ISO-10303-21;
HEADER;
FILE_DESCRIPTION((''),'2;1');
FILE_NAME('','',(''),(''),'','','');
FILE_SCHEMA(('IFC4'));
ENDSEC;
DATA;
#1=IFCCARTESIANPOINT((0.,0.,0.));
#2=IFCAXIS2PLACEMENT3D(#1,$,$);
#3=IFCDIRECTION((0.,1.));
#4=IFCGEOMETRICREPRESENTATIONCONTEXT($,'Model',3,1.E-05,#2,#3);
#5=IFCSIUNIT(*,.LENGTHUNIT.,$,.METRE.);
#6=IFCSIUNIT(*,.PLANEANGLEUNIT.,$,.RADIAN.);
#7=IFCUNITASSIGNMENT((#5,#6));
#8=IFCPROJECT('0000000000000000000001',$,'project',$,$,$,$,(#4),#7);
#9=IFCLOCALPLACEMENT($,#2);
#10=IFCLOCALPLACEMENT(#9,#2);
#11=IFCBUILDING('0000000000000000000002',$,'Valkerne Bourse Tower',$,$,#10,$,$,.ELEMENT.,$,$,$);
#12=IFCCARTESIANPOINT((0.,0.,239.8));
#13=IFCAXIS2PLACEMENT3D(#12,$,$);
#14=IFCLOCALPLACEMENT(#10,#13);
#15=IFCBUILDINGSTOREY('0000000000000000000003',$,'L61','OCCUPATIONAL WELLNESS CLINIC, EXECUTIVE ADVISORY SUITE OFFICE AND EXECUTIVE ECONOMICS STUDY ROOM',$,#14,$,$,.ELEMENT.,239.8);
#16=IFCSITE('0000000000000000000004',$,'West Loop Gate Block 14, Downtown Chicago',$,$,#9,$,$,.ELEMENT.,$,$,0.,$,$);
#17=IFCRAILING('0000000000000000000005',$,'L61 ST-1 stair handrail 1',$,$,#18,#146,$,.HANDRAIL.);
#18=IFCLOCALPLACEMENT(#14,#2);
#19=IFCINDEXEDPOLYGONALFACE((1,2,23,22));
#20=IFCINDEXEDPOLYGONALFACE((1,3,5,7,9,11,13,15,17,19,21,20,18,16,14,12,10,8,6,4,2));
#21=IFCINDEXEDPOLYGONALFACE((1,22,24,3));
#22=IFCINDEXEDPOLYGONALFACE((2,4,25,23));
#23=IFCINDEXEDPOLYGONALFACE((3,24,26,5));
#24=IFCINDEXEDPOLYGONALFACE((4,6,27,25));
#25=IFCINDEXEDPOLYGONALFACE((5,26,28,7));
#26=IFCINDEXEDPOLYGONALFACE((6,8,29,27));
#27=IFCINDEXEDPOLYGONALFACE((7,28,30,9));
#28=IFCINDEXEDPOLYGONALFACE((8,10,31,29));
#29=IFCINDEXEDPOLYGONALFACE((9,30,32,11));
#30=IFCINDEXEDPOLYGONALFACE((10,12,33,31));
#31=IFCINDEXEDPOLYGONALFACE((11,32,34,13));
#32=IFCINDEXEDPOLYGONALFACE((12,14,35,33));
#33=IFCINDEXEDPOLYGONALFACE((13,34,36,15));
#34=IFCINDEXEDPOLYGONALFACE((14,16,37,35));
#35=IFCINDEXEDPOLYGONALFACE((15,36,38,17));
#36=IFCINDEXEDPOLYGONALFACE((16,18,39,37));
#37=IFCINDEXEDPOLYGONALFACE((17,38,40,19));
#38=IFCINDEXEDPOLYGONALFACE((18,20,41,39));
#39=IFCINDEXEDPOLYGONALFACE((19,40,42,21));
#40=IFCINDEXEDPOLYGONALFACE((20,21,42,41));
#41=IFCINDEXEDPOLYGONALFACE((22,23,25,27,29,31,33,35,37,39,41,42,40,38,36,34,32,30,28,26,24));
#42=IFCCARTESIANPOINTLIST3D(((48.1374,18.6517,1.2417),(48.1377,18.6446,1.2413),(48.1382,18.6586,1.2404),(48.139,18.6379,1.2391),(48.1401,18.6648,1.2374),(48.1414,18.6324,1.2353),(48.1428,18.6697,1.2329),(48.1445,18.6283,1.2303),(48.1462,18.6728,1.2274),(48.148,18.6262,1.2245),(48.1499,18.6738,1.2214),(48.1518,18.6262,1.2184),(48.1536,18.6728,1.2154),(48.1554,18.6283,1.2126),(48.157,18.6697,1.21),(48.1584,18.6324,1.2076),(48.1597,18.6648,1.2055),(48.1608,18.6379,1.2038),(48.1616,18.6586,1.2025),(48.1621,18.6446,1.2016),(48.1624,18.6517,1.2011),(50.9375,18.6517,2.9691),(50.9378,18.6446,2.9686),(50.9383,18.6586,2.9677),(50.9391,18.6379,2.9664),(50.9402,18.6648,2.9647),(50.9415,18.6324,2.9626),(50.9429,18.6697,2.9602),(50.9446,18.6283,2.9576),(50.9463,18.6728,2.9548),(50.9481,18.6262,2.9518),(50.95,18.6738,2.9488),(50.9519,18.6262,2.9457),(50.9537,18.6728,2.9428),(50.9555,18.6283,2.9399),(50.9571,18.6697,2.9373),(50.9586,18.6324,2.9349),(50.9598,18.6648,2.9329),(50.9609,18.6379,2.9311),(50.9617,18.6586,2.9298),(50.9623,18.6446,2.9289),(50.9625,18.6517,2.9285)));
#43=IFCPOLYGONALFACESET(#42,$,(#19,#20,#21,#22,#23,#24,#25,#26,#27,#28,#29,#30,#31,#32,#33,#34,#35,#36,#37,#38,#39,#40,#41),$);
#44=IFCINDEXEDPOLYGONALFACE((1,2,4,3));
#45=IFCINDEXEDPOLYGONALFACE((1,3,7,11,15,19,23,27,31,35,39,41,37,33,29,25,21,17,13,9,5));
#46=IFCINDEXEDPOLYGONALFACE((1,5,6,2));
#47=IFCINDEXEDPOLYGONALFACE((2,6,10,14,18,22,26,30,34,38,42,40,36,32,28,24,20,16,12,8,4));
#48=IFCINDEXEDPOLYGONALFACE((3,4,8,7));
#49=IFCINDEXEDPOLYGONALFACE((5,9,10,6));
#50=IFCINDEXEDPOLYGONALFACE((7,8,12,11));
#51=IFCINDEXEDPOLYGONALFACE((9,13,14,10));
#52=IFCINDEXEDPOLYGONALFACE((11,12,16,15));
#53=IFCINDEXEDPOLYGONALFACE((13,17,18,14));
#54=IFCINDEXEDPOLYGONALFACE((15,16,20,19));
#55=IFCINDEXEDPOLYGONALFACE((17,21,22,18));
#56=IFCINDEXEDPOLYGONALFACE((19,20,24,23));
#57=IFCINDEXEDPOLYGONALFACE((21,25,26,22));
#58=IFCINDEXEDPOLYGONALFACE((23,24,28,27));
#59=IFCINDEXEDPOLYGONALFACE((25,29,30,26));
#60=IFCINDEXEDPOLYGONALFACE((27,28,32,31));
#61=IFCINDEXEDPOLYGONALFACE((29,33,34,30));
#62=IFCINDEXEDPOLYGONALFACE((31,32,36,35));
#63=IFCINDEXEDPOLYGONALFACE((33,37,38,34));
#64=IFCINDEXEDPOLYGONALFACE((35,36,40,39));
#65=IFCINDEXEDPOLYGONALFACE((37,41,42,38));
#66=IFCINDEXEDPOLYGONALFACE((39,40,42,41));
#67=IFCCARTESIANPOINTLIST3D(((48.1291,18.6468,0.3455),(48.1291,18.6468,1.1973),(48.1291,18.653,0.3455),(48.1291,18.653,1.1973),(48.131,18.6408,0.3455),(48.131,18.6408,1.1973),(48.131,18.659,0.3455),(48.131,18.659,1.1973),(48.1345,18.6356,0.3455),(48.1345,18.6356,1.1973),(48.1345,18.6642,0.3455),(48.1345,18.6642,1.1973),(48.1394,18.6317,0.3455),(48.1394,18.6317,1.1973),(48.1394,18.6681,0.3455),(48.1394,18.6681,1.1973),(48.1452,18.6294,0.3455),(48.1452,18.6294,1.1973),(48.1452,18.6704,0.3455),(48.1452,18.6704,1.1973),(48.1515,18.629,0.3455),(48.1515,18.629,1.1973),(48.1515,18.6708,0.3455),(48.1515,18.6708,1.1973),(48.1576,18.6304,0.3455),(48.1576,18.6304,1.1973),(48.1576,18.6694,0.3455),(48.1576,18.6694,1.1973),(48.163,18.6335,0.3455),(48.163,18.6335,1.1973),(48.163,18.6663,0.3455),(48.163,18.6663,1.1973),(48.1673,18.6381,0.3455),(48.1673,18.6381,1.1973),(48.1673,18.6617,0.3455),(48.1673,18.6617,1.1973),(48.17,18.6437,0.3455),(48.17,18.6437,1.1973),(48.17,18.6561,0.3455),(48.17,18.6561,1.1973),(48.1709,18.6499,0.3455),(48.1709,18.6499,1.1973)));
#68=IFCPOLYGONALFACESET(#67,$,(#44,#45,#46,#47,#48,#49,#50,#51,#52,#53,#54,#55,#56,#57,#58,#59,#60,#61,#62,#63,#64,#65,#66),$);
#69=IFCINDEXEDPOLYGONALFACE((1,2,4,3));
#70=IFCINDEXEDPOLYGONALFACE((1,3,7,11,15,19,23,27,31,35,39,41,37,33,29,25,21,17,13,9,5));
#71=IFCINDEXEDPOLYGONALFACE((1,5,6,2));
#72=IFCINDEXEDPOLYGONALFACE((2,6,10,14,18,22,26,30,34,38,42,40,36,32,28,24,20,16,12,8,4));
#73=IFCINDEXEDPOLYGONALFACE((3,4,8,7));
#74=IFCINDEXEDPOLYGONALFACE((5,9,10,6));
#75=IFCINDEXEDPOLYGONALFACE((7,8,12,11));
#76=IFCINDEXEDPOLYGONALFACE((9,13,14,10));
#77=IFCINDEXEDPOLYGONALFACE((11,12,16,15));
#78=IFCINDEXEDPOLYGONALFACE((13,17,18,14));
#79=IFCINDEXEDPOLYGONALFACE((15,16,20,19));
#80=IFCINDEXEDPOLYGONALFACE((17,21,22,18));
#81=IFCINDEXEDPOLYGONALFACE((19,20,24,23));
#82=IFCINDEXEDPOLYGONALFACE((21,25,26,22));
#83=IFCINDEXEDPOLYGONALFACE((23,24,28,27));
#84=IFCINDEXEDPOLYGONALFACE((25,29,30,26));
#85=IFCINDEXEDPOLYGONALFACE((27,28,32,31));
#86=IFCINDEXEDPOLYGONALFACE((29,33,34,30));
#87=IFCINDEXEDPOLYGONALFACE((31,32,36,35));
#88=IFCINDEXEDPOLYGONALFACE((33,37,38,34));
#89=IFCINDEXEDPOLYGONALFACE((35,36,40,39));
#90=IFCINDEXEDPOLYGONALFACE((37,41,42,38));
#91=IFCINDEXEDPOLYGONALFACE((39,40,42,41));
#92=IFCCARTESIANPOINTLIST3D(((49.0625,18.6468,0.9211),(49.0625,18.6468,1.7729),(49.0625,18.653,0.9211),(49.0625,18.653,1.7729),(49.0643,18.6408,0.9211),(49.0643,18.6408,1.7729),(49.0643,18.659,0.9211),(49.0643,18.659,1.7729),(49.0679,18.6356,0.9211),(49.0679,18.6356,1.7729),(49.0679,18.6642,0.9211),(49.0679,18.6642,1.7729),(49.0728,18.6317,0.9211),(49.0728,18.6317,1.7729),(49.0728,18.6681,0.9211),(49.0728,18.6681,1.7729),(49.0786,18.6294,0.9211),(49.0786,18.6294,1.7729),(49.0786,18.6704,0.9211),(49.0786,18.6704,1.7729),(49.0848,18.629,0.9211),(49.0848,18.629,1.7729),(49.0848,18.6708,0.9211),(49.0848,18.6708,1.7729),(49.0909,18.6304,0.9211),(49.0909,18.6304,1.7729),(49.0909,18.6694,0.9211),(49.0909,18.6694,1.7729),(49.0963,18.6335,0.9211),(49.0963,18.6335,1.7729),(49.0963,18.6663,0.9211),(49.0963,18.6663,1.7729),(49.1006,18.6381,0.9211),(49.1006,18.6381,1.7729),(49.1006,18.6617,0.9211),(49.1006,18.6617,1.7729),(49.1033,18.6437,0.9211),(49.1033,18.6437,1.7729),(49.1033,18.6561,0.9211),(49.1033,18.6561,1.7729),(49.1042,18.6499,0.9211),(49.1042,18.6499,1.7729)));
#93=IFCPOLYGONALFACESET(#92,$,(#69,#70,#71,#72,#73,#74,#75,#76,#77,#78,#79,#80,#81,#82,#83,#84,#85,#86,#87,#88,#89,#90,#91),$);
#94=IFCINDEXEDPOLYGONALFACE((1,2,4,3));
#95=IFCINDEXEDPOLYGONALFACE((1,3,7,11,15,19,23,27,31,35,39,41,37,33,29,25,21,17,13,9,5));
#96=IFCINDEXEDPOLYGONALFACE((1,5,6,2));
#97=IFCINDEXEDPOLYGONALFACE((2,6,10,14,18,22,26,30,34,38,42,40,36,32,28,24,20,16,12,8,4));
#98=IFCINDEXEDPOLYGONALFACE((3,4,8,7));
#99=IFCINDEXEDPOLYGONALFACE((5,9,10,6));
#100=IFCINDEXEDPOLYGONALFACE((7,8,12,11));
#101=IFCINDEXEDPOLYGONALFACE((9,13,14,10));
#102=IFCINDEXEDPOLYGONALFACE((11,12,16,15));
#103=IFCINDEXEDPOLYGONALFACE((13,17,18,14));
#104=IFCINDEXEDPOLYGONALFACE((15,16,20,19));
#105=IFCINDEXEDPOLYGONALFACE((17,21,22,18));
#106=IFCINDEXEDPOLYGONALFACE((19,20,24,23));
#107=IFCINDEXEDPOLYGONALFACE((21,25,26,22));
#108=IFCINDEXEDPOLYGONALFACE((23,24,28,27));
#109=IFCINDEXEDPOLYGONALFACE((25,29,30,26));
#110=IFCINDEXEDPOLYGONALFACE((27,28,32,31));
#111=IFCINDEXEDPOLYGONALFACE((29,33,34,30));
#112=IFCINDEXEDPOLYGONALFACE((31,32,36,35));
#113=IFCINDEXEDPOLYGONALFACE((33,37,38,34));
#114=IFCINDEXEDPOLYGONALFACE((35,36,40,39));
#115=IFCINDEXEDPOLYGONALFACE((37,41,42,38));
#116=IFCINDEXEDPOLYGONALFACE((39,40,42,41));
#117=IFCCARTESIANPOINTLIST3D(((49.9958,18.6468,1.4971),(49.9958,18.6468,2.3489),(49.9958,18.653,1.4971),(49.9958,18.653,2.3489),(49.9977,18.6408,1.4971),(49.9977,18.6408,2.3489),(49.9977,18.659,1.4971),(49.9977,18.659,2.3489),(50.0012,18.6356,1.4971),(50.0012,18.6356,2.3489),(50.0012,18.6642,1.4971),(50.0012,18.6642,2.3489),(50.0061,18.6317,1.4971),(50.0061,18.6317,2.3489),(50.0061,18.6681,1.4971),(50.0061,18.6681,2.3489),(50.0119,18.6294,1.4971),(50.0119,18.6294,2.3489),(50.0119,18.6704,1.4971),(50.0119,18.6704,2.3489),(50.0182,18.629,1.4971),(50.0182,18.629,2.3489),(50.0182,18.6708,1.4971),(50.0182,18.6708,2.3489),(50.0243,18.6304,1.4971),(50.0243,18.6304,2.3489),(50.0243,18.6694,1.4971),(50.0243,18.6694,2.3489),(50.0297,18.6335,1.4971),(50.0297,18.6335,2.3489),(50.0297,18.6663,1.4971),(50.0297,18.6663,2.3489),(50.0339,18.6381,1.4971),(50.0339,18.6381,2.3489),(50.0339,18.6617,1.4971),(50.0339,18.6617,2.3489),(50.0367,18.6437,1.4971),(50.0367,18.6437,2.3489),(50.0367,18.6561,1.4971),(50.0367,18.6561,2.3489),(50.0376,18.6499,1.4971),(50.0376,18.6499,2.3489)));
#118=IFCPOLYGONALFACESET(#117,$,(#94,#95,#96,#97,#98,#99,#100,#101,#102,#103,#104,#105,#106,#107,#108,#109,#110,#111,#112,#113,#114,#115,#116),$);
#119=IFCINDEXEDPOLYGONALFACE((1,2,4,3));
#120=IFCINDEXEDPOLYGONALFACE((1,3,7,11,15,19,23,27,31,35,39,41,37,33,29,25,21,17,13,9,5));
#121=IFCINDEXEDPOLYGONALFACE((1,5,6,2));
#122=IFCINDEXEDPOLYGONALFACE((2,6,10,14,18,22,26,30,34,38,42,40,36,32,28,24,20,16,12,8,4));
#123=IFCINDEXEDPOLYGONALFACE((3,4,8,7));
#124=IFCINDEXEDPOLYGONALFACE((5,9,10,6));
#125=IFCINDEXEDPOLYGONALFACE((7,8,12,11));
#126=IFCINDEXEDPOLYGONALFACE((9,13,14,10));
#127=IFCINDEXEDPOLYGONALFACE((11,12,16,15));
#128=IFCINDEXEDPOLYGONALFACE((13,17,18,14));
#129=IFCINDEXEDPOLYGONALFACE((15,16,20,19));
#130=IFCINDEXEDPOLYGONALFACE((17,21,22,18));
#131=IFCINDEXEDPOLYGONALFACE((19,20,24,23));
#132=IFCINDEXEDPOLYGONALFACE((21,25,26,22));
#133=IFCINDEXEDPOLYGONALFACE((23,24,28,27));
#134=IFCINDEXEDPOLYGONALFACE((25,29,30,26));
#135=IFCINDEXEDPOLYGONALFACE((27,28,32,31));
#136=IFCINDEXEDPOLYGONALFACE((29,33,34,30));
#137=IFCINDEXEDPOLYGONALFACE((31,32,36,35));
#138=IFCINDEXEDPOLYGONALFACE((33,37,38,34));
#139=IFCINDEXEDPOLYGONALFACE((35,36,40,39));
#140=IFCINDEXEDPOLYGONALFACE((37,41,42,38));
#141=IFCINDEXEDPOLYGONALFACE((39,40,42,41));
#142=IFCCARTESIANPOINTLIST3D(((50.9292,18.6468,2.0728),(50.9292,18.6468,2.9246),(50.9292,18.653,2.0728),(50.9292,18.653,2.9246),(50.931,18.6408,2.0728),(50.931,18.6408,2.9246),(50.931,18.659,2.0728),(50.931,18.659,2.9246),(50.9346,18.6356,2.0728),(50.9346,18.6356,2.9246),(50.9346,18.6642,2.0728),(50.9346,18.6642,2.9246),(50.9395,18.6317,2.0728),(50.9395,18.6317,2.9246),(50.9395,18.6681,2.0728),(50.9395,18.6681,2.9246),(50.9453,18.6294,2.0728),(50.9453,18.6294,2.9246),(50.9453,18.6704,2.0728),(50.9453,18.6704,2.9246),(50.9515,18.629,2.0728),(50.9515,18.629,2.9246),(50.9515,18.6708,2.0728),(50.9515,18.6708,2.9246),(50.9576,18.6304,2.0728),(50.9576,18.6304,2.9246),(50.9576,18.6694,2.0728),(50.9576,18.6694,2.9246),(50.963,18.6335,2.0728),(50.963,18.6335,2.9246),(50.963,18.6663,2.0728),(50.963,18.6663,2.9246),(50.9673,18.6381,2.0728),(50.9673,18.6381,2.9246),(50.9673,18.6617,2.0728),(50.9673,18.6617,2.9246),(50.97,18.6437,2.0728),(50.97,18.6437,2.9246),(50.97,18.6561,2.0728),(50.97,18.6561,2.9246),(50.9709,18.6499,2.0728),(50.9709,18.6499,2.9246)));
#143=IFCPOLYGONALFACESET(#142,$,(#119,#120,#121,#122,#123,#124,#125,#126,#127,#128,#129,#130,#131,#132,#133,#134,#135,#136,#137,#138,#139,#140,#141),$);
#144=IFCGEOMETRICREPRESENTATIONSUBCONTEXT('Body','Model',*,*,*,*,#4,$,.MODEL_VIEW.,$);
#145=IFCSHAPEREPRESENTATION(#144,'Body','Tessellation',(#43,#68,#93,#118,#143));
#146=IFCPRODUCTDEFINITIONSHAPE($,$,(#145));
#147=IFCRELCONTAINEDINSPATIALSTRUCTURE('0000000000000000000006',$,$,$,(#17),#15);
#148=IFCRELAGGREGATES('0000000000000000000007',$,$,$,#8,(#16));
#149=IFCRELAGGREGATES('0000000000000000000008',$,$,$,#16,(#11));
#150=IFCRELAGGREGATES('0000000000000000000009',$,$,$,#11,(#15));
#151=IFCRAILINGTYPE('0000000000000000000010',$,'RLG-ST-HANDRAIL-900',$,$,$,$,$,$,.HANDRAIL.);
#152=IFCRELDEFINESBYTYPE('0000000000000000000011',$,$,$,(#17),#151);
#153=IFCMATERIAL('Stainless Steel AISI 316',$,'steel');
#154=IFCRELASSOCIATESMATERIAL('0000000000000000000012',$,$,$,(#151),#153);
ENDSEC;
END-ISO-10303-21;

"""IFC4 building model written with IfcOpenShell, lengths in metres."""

from ifc_helpers import new_model, si_unit, direction, frame, origin, origin_2d, place, context, subcontext, project, spatial, circle, extrude, material, type_object, element, save


model = new_model("IFC4")

# Units and contexts
model_context = context("Model", 3, precision=1e-05, world=origin(), true_north=direction((0.0, 1.0)))
body_context = subcontext(model_context, "Body", "Model", "MODEL_VIEW")
ifc_project = project(units=[si_unit("LENGTHUNIT", "METRE"), si_unit("PLANEANGLEUNIT", "RADIAN")], contexts=[model_context])

# Site, building, storey
site_placement = place(None, origin())
site = spatial("IfcSite", under=ifc_project, at=site_placement, Name="West Loop Gate Block 14, Downtown Chicago", CompositionType="ELEMENT", RefElevation=0.0)
building_placement = place(site_placement, origin())
building = spatial("IfcBuilding", under=site, at=building_placement, Name="Valkerne Bourse Tower", CompositionType="ELEMENT")
storey_placement = place(building_placement, frame((0.0, 0.0, 239.8)))
storey = spatial("IfcBuildingStorey", under=building, at=storey_placement, Name="L61", Description="OCCUPATIONAL WELLNESS CLINIC, EXECUTIVE ADVISORY SUITE OFFICE AND EXECUTIVE ECONOMICS STUDY ROOM", CompositionType="ELEMENT", Elevation=239.8)

# Shared definitions
ifc_material_1 = material(Name="Stainless Steel AISI 316", Category="steel")

# Railing
railing_type_1 = type_object("IfcRailingType", Name="RLG-ST-HANDRAIL-900", PredefinedType="HANDRAIL", material=ifc_material_1)
railing_1_placement = place(storey_placement, frame((48.1499, 18.6499, 0.3455)))
element("IfcRailing", 1, at=railing_1_placement, inside=storey, type_object=railing_type_1, Name="L61 ST-1 stair handrail 1", PredefinedType="HANDRAIL", context=body_context, shape_type="SweptSolid", body=[
    extrude(circle(Radius=0.0239, at=origin_2d()), frame((0.0, 0.0, 0.876), z_axis=(0.85109, 0.0, 0.52502), x_axis=(0.0, 1.0, 0.0)), (0.0, 0.0, 1.0), 3.29),
    extrude(circle(Radius=0.021, at=origin_2d()), origin(), (0.0, 0.0, 1.0), 0.8518),
    extrude(circle(Radius=0.021, at=origin_2d()), frame((0.9333, 0.0, 0.5757)), (0.0, 0.0, 1.0), 0.8518),
    extrude(circle(Radius=0.021, at=origin_2d()), frame((1.8667, 0.0, 1.1516)), (0.0, 0.0, 1.0), 0.8518),
    extrude(circle(Radius=0.021, at=origin_2d()), frame((2.8, 0.0, 1.7273)), (0.0, 0.0, 1.0), 0.8518),
])

save(model, "model.ifc")
